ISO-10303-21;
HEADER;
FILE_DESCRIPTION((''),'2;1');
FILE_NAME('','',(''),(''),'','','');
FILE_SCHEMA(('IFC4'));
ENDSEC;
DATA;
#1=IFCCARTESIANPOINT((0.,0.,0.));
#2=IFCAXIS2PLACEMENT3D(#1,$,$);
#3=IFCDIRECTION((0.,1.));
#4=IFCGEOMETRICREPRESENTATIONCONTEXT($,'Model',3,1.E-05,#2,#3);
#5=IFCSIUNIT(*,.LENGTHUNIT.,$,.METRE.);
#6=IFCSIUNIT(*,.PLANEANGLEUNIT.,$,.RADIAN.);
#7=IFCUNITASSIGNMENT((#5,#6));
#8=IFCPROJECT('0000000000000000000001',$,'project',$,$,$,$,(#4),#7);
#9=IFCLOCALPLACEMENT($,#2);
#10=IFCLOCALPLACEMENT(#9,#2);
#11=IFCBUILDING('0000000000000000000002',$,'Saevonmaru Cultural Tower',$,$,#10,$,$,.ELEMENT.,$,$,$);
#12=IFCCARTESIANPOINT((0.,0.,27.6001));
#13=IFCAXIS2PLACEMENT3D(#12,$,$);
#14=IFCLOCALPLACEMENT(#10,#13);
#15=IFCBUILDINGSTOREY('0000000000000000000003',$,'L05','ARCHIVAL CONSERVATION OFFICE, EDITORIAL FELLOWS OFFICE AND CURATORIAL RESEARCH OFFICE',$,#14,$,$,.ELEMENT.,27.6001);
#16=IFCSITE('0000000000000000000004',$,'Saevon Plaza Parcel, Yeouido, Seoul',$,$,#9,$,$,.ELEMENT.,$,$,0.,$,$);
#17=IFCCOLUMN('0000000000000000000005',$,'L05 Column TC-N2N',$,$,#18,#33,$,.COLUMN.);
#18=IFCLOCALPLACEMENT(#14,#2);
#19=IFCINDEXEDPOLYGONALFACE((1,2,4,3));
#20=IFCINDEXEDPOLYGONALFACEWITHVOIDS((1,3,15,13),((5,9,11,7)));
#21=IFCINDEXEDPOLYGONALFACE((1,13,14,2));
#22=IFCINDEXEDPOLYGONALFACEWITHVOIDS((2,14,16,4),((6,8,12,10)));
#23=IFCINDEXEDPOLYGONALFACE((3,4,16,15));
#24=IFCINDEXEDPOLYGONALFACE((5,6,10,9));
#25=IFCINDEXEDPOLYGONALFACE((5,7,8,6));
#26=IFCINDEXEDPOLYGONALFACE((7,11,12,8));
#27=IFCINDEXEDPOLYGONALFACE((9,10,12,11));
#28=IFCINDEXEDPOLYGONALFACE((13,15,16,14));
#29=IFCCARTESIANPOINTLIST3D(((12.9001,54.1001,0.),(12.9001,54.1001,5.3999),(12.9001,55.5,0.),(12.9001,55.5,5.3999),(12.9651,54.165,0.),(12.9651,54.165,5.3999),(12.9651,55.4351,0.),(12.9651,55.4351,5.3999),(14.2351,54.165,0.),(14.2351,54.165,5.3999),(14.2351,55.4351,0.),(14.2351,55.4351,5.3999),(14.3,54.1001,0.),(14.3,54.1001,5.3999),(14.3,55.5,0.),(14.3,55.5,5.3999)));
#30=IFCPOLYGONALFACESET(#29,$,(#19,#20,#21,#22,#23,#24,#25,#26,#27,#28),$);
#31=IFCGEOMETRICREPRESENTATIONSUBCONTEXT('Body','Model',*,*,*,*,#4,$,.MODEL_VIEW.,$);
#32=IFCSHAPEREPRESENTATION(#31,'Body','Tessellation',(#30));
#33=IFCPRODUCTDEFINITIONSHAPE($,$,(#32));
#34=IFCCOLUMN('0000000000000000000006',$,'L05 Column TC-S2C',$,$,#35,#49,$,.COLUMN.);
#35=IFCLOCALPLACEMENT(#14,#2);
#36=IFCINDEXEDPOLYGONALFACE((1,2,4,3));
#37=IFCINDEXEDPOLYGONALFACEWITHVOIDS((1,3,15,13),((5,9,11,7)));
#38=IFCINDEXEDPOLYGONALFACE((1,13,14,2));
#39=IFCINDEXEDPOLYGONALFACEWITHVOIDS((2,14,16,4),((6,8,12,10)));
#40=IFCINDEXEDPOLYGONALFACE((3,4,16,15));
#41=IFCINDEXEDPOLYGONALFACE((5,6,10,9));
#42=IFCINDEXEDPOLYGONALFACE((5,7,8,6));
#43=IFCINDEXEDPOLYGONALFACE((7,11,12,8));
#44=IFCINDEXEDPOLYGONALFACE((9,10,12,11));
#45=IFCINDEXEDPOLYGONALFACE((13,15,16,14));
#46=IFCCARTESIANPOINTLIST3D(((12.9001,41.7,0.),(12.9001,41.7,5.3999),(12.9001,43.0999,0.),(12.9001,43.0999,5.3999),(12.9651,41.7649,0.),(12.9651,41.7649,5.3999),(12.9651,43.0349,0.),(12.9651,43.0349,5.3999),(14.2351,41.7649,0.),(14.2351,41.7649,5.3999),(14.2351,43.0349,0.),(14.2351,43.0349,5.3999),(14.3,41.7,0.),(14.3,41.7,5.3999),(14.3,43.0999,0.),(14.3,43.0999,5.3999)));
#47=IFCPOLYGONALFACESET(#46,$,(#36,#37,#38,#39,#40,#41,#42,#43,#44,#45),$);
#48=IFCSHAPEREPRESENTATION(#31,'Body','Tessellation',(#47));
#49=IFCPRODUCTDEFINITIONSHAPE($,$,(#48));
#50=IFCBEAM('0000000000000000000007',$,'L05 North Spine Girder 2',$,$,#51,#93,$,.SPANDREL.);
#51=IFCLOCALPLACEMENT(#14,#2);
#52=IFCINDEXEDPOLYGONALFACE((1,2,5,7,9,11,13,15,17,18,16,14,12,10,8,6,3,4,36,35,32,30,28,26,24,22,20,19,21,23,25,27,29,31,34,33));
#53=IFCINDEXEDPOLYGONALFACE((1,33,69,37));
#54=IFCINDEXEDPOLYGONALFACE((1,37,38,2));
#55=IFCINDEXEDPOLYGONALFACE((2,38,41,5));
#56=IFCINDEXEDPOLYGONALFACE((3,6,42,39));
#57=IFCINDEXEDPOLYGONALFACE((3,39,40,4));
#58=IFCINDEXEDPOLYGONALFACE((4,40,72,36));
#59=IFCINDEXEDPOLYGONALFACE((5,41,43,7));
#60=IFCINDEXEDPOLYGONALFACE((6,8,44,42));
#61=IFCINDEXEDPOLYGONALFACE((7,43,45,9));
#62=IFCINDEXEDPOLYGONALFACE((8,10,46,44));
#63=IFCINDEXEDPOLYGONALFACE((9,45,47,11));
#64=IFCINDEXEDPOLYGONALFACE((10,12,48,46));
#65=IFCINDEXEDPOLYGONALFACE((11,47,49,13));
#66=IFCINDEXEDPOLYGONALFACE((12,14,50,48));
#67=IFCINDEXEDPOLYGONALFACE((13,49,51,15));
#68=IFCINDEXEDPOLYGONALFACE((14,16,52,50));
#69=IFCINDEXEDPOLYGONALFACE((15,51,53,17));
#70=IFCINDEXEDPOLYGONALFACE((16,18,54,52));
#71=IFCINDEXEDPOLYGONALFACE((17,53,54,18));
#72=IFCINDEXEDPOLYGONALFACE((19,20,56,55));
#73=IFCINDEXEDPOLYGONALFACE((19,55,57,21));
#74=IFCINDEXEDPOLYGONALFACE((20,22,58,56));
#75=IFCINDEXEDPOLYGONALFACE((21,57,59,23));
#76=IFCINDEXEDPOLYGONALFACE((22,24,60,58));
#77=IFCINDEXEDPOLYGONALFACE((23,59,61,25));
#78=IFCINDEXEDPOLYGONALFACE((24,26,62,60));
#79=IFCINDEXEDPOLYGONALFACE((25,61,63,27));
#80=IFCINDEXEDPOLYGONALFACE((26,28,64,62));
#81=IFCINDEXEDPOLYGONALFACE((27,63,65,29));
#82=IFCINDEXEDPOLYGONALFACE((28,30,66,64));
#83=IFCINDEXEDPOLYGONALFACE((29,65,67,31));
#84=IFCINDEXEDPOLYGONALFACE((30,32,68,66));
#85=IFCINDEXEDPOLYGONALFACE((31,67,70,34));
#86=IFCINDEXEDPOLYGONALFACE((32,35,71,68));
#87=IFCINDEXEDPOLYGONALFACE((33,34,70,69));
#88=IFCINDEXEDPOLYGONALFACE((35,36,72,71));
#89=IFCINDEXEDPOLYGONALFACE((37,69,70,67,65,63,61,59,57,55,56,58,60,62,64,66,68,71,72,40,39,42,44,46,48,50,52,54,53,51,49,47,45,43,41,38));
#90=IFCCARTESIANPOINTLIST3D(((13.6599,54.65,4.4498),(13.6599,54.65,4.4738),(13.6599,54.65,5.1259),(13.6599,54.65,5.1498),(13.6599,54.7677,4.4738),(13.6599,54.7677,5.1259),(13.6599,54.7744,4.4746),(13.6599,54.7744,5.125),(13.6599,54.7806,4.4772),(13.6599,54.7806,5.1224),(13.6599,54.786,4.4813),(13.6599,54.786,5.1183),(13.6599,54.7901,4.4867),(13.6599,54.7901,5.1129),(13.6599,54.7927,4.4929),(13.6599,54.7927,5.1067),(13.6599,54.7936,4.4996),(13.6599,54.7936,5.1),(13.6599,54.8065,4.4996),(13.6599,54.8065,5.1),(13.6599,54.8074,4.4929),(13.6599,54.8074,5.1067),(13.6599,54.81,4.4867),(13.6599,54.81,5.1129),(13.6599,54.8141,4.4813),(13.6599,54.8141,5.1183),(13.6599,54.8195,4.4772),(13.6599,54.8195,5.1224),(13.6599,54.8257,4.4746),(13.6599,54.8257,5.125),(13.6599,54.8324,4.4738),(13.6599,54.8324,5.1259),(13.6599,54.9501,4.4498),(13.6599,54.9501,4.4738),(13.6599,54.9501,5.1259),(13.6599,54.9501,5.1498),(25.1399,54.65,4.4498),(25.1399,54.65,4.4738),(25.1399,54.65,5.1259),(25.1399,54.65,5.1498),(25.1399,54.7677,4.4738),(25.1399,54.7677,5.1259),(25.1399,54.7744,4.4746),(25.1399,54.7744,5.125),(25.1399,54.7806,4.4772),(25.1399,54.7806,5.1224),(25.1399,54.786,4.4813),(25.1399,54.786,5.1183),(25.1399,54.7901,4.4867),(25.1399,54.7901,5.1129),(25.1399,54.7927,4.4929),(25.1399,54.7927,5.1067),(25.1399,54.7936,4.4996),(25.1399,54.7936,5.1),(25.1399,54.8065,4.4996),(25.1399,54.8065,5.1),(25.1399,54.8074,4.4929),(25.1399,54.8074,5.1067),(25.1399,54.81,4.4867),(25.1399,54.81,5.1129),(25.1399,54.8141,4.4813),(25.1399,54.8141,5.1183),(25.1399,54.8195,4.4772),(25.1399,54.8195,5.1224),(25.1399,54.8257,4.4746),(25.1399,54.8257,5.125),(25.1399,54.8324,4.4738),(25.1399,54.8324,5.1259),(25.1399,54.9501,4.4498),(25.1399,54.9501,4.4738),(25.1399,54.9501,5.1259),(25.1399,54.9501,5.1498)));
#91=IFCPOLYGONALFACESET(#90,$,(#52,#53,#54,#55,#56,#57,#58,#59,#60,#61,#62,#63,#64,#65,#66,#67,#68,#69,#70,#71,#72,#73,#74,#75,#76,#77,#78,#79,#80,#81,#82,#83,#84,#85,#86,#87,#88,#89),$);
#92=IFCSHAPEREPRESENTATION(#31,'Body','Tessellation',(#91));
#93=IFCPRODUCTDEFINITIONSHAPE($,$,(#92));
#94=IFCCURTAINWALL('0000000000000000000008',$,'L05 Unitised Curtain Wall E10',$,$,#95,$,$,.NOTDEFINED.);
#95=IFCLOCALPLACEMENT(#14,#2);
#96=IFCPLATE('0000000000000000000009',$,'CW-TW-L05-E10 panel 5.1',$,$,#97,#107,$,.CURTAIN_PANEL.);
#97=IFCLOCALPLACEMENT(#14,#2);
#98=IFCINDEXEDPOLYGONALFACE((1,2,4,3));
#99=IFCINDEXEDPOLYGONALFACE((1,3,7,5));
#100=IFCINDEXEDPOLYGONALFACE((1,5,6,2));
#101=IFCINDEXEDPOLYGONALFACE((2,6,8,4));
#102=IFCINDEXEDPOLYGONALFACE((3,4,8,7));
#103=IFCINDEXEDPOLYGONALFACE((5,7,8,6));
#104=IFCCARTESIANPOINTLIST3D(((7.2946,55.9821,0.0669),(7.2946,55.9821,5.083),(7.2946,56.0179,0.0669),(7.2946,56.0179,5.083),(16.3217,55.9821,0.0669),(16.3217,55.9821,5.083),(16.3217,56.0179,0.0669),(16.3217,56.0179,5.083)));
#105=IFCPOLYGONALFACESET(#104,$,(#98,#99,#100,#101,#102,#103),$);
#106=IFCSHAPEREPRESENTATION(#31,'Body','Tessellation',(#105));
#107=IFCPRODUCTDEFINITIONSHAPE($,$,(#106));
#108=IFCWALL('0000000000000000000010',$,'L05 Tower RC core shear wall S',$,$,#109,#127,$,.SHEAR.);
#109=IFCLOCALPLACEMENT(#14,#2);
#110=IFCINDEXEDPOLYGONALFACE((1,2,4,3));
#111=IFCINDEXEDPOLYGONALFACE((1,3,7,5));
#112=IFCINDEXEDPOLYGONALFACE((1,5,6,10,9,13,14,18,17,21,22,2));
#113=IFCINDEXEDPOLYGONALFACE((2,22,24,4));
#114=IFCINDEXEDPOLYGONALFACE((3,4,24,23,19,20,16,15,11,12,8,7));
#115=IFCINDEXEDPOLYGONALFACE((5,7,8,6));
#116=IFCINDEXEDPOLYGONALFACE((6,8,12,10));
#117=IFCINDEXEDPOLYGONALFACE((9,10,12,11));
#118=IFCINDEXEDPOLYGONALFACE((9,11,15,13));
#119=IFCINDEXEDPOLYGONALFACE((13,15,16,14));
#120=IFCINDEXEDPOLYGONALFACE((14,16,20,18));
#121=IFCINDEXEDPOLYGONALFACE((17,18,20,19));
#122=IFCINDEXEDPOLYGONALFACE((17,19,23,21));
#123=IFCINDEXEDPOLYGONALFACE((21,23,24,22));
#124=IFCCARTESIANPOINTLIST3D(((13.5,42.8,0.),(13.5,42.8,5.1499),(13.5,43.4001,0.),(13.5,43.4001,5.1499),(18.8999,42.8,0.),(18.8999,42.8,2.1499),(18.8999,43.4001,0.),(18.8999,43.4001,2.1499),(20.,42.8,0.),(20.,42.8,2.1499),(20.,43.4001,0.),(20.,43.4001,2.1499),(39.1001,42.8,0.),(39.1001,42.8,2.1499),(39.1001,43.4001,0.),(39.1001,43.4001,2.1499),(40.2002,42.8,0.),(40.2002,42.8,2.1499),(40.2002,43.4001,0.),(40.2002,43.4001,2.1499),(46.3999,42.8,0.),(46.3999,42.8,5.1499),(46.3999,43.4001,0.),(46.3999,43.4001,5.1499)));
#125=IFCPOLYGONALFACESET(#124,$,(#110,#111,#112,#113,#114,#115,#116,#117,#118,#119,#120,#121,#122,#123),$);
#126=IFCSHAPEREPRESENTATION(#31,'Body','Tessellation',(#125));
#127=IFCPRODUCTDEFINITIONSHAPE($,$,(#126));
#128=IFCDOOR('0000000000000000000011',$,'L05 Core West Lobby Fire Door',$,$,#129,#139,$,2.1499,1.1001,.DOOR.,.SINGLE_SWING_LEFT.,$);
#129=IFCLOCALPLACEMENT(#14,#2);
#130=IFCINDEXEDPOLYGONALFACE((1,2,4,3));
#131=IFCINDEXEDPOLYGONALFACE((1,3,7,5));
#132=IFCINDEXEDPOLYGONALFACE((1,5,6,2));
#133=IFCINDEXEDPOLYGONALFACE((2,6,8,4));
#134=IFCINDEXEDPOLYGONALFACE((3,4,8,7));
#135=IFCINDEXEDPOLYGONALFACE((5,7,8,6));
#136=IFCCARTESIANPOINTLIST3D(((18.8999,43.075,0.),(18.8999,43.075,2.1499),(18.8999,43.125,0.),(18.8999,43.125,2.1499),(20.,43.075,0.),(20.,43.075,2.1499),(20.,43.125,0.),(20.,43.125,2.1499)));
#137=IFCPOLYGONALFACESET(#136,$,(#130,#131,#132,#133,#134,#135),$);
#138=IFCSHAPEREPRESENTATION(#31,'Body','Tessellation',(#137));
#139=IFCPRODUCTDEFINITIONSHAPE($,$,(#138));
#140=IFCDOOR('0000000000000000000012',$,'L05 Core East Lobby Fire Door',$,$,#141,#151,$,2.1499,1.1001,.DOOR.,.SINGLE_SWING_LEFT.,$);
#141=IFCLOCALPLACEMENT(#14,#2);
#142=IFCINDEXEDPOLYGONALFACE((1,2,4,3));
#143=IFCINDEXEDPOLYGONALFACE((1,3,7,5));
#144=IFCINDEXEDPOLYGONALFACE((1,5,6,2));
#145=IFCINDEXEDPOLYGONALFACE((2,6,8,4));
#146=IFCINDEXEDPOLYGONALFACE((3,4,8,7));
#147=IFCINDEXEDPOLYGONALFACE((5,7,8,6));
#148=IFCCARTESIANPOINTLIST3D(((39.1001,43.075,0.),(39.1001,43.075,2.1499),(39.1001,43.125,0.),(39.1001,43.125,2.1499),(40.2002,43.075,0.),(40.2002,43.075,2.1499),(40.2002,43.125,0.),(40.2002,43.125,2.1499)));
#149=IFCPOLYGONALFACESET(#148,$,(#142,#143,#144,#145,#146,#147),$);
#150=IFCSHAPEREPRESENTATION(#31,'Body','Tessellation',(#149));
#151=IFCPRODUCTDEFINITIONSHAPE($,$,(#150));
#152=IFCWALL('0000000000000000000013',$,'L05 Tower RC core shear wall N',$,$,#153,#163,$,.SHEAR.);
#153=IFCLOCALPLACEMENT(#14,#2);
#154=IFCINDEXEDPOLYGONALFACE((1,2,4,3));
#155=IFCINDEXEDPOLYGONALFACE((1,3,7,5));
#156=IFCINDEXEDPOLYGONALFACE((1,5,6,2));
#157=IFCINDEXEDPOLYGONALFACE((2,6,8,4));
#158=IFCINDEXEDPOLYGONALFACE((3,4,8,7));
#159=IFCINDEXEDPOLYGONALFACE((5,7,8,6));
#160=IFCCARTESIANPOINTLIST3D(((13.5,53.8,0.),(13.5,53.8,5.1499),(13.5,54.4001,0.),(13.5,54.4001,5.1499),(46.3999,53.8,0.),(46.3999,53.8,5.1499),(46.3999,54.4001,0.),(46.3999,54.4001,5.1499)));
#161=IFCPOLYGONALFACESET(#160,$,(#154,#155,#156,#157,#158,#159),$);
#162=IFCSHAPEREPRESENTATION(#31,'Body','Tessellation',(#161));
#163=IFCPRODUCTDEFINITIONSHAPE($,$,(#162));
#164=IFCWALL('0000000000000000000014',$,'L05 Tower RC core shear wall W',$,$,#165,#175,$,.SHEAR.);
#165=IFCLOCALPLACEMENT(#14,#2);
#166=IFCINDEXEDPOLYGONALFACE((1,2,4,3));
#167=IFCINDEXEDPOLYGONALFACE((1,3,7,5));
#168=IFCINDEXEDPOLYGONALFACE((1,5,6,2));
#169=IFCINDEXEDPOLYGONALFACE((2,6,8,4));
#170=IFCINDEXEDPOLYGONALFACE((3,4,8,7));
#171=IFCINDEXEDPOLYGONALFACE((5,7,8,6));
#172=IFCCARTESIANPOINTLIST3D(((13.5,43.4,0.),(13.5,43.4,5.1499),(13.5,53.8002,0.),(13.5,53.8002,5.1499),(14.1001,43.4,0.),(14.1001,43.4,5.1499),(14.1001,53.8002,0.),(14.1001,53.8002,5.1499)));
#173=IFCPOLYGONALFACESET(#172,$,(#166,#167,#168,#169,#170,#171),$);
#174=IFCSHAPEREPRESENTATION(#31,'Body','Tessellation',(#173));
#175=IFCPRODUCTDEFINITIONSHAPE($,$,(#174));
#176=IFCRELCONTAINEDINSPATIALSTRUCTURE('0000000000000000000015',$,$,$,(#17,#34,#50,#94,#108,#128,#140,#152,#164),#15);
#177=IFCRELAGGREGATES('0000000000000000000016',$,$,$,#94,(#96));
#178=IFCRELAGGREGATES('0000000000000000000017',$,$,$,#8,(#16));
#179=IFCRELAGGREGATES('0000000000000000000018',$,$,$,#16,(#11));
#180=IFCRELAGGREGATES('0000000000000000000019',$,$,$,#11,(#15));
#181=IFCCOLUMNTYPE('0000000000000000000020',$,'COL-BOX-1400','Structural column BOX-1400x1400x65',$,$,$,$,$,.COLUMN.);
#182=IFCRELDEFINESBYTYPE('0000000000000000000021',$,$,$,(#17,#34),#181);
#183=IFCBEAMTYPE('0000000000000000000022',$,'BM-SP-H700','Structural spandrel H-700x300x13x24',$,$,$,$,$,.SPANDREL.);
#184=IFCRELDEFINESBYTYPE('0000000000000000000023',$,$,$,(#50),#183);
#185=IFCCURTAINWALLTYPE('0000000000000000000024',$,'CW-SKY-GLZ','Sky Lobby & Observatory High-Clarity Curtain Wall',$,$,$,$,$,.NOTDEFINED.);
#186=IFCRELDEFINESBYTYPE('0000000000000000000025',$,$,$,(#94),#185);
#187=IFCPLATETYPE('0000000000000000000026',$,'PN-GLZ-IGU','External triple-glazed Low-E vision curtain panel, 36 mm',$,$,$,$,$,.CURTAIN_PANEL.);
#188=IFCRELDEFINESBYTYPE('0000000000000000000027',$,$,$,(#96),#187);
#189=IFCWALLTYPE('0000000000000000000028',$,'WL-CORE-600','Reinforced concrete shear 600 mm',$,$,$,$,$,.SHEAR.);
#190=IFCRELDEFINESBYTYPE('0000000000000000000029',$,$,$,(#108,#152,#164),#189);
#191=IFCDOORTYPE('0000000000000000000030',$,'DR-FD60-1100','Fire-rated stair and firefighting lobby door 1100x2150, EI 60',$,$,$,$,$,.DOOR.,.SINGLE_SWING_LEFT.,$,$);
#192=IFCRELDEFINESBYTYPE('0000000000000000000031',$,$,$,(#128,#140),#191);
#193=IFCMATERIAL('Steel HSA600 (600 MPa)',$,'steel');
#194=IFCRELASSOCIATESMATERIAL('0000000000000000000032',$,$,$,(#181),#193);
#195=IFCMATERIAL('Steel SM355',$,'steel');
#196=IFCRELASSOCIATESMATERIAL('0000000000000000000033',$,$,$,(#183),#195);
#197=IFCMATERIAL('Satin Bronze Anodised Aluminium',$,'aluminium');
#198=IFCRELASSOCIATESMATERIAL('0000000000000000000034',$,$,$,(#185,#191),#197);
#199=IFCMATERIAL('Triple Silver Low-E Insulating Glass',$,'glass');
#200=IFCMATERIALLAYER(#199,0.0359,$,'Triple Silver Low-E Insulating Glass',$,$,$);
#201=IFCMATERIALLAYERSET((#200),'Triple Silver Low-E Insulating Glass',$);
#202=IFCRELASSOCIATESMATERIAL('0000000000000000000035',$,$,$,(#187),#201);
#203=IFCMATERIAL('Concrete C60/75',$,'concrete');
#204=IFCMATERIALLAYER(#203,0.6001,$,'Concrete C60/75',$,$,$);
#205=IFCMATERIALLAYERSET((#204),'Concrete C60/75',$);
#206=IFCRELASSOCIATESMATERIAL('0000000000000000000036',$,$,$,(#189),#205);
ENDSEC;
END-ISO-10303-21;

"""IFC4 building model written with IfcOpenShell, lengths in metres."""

from ifc_helpers import new_model, si_unit, direction, frame, frame_2d, origin, origin_2d, place, context, subcontext, project, spatial, rectangle, hollow_rectangle, i_section, extrude, material, layer, layer_set, material_profile, profile_set, type_object, element, fill, aggregate, save


model = new_model("IFC4")

# Units and contexts
model_context = context("Model", 3, precision=1e-05, world=origin(), true_north=direction((0.0, 1.0)))
body_context = subcontext(model_context, "Body", "Model", "MODEL_VIEW")
ifc_project = project(units=[si_unit("LENGTHUNIT", "METRE"), si_unit("PLANEANGLEUNIT", "RADIAN")], contexts=[model_context])

# Site, building, storey
site_placement = place(None, origin())
site = spatial("IfcSite", under=ifc_project, at=site_placement, Name="Saevon Plaza Parcel, Yeouido, Seoul", CompositionType="ELEMENT", RefElevation=0.0)
building_placement = place(site_placement, origin())
building = spatial("IfcBuilding", under=site, at=building_placement, Name="Saevonmaru Cultural Tower", CompositionType="ELEMENT")
storey_placement = place(building_placement, frame((0.0, 0.0, 27.6001)))
storey = spatial("IfcBuildingStorey", under=building, at=storey_placement, Name="L05", Description="ARCHIVAL CONSERVATION OFFICE, EDITORIAL FELLOWS OFFICE AND CURATORIAL RESEARCH OFFICE", CompositionType="ELEMENT", Elevation=27.6001)

# Columns
ifc_material_1 = material(Name="Steel HSA600 (600 MPa)", Category="steel")
ifc_material_profile_1 = material_profile(ifc_material_1, hollow_rectangle(XDim=1.3999, YDim=1.3999, WallThickness=0.0649, at=origin_2d()), Name="BOX-1400x1400x65")
ifc_profile_set_1 = profile_set([ifc_material_profile_1], Name="Steel HSA600 (600 MPa)")
column_type = type_object("IfcColumnType", Name="COL-BOX-1400", Description="Structural column BOX-1400x1400x65", PredefinedType="COLUMN", material=ifc_profile_set_1)
for number, where, z_axis, x_axis, name in (
    (1, (13.6001, 54.8, 0.0), (0.0, 0.0, 1.0), (1.0, 0.0, 0.0), "L05 Column TC-N2N"),
    (2, (13.6001, 42.3999, 0.0), (0.0, 0.0, 1.0), (1.0, 0.0, 0.0), "L05 Column TC-S2C"),
):
    element("IfcColumn", number, at=place(storey_placement, frame(where, z_axis=z_axis, x_axis=x_axis)), inside=storey, type_object=column_type, Name=name, PredefinedType="COLUMN", context=body_context, shape_type="SweptSolid", body=[
        extrude(hollow_rectangle(XDim=1.3999, YDim=1.3999, WallThickness=0.0649, at=origin_2d()), origin(), (0.0, 0.0, 1.0), 5.3999),
    ])

# Beam
ifc_material_2 = material(Name="Steel SM355", Category="steel")
ifc_material_profile_2 = material_profile(ifc_material_2, i_section(OverallWidth=0.3, OverallDepth=0.7, WebThickness=0.0129, FlangeThickness=0.0239, FilletRadius=0.0259, at=origin_2d()), Name="H-700x300x13x24")
ifc_profile_set_2 = profile_set([ifc_material_profile_2], Name="Steel SM355")
beam_type = type_object("IfcBeamType", Name="BM-SP-H700", Description="Structural spandrel H-700x300x13x24", PredefinedType="SPANDREL", material=ifc_profile_set_2)
beam_placement = place(storey_placement, frame((13.6599, 54.8, 4.7998), z_axis=(1.0, 0.0, 0.0), x_axis=(0.0, 1.0, 0.0)))
element("IfcBeam", 3, at=beam_placement, inside=storey, type_object=beam_type, Name="L05 North Spine Girder 2", PredefinedType="SPANDREL", context=body_context, shape_type="SweptSolid", body=[
    extrude(i_section(OverallWidth=0.3, OverallDepth=0.7, WebThickness=0.0129, FlangeThickness=0.0239, FilletRadius=0.0259, at=origin_2d()), origin(), (0.0, 0.0, 1.0), 11.48),
])

# Curtain wall, plate
ifc_material_3 = material(Name="Satin Bronze Anodised Aluminium", Category="aluminium")
curtain_wall_type = type_object("IfcCurtainWallType", Name="CW-SKY-GLZ", Description="Sky Lobby & Observatory High-Clarity Curtain Wall", PredefinedType="NOTDEFINED", material=ifc_material_3)
curtain_wall_placement = place(storey_placement, origin())
curtain_wall = element("IfcCurtainWall", 4, at=curtain_wall_placement, inside=storey, type_object=curtain_wall_type, Name="L05 Unitised Curtain Wall E10", PredefinedType="NOTDEFINED")
ifc_material_4 = material(Name="Triple Silver Low-E Insulating Glass", Category="glass")
ifc_layer_1 = layer(ifc_material_4, 0.0359, Name="Triple Silver Low-E Insulating Glass")
ifc_layer_set_1 = layer_set([ifc_layer_1], Name="Triple Silver Low-E Insulating Glass")
plate_type = type_object("IfcPlateType", Name="PN-GLZ-IGU", Description="External triple-glazed Low-E vision curtain panel, 36 mm", PredefinedType="CURTAIN_PANEL", material=ifc_layer_set_1)
plate_placement = place(storey_placement, frame((11.8081, 56.0, 0.0669), z_axis=(0.0, 0.0, 1.0), x_axis=(-1.0, 0.0, 0.0)))
plate = element("IfcPlate", 5, at=plate_placement, type_object=plate_type, Name="CW-TW-L05-E10 panel 5.1", PredefinedType="CURTAIN_PANEL", context=body_context, shape_type="SweptSolid", body=[
    extrude(rectangle(XDim=9.0271, YDim=0.0359, at=origin_2d()), origin(), (0.0, 0.0, 1.0), 5.0161),
])
aggregate(curtain_wall, [plate])

# Wall, openings, doors
ifc_material_5 = material(Name="Concrete C60/75", Category="concrete")
ifc_layer_2 = layer(ifc_material_5, 0.6001, Name="Concrete C60/75")
ifc_layer_set_2 = layer_set([ifc_layer_2], Name="Concrete C60/75")
wall_type_1 = type_object("IfcWallType", Name="WL-CORE-600", Description="Reinforced concrete shear 600 mm", PredefinedType="SHEAR", material=ifc_layer_set_2)
wall_1_placement = place(storey_placement, frame((13.5, 43.1001, 0.0), z_axis=(0.0, 0.0, 1.0), x_axis=(1.0, 0.0, 0.0)))
wall_1 = element("IfcWall", 6, at=wall_1_placement, inside=storey, type_object=wall_type_1, Name="L05 Tower RC core shear wall S", PredefinedType="SHEAR", context=body_context, shape_type="SweptSolid", body=[
    extrude(rectangle(XDim=32.8999, YDim=0.6001, at=frame_2d((16.45, 0.0))), origin(), (0.0, 0.0, 1.0), 5.1499),
])
opening_1_placement = place(wall_1_placement, frame((5.3999, 0.0, 0.0)))
opening_1 = element("IfcOpeningElement", 7, at=opening_1_placement, cuts=wall_1, PredefinedType="OPENING", context=body_context, shape_type="SweptSolid", body=[
    extrude(rectangle(XDim=1.1001, YDim=2.1499, at=frame_2d((0.55, 1.075))), frame((0.0, 0.3101, 0.0), z_axis=(0.0, -1.0, 0.0), x_axis=(1.0, 0.0, 0.0)), (0.0, 0.0, 1.0), 0.6201),
])
opening_2_placement = place(wall_1_placement, frame((25.6001, 0.0, 0.0)))
opening_2 = element("IfcOpeningElement", 8, at=opening_2_placement, cuts=wall_1, PredefinedType="OPENING", context=body_context, shape_type="SweptSolid", body=[
    extrude(rectangle(XDim=1.1001, YDim=2.1499, at=frame_2d((0.55, 1.075))), frame((0.0, 0.3101, 0.0), z_axis=(0.0, -1.0, 0.0), x_axis=(1.0, 0.0, 0.0)), (0.0, 0.0, 1.0), 0.6201),
])
door_type_1 = type_object("IfcDoorType", Name="DR-FD60-1100", Description="Fire-rated stair and firefighting lobby door 1100x2150, EI 60", OperationType="SINGLE_SWING_LEFT", PredefinedType="DOOR", material=ifc_material_3)
door_1_placement = place(opening_1_placement, origin())
door_1 = element("IfcDoor", 9, at=door_1_placement, inside=storey, type_object=door_type_1, Name="L05 Core West Lobby Fire Door", OperationType="SINGLE_SWING_LEFT", OverallHeight=2.1499, OverallWidth=1.1001, PredefinedType="DOOR", context=body_context, shape_type="SweptSolid", body=[
    extrude(rectangle(XDim=1.1001, YDim=2.1499, at=frame_2d((0.55, 1.075))), frame((0.0, 0.0249, 0.0), z_axis=(0.0, -1.0, 0.0), x_axis=(1.0, 0.0, 0.0)), (0.0, 0.0, 1.0), 0.05),
])
fill(opening_1, door_1)
door_2_placement = place(opening_2_placement, origin())
door_2 = element("IfcDoor", 10, at=door_2_placement, inside=storey, type_object=door_type_1, Name="L05 Core East Lobby Fire Door", OperationType="SINGLE_SWING_LEFT", OverallHeight=2.1499, OverallWidth=1.1001, PredefinedType="DOOR", context=body_context, shape_type="SweptSolid", body=[
    extrude(rectangle(XDim=1.1001, YDim=2.1499, at=frame_2d((0.55, 1.075))), frame((0.0, 0.0249, 0.0), z_axis=(0.0, -1.0, 0.0), x_axis=(1.0, 0.0, 0.0)), (0.0, 0.0, 1.0), 0.05),
])
fill(opening_2, door_2)

# Walls
wall_2_placement = place(storey_placement, frame((13.5, 54.1001, 0.0), z_axis=(0.0, 0.0, 1.0), x_axis=(1.0, 0.0, 0.0)))
element("IfcWall", 11, at=wall_2_placement, inside=storey, type_object=wall_type_1, Name="L05 Tower RC core shear wall N", PredefinedType="SHEAR", context=body_context, shape_type="SweptSolid", body=[
    extrude(rectangle(XDim=32.8999, YDim=0.6001, at=frame_2d((16.45, 0.0))), origin(), (0.0, 0.0, 1.0), 5.1499),
])
wall_3_placement = place(storey_placement, frame((13.8, 43.3999, 0.0), z_axis=(0.0, 0.0, 1.0), x_axis=(0.0, 1.0, 0.0)))
element("IfcWall", 12, at=wall_3_placement, inside=storey, type_object=wall_type_1, Name="L05 Tower RC core shear wall W", PredefinedType="SHEAR", context=body_context, shape_type="SweptSolid", body=[
    extrude(rectangle(XDim=10.4001, YDim=0.6001, at=frame_2d((5.2002, 0.0))), origin(), (0.0, 0.0, 1.0), 5.1499),
])

save(model, "model.ifc")
